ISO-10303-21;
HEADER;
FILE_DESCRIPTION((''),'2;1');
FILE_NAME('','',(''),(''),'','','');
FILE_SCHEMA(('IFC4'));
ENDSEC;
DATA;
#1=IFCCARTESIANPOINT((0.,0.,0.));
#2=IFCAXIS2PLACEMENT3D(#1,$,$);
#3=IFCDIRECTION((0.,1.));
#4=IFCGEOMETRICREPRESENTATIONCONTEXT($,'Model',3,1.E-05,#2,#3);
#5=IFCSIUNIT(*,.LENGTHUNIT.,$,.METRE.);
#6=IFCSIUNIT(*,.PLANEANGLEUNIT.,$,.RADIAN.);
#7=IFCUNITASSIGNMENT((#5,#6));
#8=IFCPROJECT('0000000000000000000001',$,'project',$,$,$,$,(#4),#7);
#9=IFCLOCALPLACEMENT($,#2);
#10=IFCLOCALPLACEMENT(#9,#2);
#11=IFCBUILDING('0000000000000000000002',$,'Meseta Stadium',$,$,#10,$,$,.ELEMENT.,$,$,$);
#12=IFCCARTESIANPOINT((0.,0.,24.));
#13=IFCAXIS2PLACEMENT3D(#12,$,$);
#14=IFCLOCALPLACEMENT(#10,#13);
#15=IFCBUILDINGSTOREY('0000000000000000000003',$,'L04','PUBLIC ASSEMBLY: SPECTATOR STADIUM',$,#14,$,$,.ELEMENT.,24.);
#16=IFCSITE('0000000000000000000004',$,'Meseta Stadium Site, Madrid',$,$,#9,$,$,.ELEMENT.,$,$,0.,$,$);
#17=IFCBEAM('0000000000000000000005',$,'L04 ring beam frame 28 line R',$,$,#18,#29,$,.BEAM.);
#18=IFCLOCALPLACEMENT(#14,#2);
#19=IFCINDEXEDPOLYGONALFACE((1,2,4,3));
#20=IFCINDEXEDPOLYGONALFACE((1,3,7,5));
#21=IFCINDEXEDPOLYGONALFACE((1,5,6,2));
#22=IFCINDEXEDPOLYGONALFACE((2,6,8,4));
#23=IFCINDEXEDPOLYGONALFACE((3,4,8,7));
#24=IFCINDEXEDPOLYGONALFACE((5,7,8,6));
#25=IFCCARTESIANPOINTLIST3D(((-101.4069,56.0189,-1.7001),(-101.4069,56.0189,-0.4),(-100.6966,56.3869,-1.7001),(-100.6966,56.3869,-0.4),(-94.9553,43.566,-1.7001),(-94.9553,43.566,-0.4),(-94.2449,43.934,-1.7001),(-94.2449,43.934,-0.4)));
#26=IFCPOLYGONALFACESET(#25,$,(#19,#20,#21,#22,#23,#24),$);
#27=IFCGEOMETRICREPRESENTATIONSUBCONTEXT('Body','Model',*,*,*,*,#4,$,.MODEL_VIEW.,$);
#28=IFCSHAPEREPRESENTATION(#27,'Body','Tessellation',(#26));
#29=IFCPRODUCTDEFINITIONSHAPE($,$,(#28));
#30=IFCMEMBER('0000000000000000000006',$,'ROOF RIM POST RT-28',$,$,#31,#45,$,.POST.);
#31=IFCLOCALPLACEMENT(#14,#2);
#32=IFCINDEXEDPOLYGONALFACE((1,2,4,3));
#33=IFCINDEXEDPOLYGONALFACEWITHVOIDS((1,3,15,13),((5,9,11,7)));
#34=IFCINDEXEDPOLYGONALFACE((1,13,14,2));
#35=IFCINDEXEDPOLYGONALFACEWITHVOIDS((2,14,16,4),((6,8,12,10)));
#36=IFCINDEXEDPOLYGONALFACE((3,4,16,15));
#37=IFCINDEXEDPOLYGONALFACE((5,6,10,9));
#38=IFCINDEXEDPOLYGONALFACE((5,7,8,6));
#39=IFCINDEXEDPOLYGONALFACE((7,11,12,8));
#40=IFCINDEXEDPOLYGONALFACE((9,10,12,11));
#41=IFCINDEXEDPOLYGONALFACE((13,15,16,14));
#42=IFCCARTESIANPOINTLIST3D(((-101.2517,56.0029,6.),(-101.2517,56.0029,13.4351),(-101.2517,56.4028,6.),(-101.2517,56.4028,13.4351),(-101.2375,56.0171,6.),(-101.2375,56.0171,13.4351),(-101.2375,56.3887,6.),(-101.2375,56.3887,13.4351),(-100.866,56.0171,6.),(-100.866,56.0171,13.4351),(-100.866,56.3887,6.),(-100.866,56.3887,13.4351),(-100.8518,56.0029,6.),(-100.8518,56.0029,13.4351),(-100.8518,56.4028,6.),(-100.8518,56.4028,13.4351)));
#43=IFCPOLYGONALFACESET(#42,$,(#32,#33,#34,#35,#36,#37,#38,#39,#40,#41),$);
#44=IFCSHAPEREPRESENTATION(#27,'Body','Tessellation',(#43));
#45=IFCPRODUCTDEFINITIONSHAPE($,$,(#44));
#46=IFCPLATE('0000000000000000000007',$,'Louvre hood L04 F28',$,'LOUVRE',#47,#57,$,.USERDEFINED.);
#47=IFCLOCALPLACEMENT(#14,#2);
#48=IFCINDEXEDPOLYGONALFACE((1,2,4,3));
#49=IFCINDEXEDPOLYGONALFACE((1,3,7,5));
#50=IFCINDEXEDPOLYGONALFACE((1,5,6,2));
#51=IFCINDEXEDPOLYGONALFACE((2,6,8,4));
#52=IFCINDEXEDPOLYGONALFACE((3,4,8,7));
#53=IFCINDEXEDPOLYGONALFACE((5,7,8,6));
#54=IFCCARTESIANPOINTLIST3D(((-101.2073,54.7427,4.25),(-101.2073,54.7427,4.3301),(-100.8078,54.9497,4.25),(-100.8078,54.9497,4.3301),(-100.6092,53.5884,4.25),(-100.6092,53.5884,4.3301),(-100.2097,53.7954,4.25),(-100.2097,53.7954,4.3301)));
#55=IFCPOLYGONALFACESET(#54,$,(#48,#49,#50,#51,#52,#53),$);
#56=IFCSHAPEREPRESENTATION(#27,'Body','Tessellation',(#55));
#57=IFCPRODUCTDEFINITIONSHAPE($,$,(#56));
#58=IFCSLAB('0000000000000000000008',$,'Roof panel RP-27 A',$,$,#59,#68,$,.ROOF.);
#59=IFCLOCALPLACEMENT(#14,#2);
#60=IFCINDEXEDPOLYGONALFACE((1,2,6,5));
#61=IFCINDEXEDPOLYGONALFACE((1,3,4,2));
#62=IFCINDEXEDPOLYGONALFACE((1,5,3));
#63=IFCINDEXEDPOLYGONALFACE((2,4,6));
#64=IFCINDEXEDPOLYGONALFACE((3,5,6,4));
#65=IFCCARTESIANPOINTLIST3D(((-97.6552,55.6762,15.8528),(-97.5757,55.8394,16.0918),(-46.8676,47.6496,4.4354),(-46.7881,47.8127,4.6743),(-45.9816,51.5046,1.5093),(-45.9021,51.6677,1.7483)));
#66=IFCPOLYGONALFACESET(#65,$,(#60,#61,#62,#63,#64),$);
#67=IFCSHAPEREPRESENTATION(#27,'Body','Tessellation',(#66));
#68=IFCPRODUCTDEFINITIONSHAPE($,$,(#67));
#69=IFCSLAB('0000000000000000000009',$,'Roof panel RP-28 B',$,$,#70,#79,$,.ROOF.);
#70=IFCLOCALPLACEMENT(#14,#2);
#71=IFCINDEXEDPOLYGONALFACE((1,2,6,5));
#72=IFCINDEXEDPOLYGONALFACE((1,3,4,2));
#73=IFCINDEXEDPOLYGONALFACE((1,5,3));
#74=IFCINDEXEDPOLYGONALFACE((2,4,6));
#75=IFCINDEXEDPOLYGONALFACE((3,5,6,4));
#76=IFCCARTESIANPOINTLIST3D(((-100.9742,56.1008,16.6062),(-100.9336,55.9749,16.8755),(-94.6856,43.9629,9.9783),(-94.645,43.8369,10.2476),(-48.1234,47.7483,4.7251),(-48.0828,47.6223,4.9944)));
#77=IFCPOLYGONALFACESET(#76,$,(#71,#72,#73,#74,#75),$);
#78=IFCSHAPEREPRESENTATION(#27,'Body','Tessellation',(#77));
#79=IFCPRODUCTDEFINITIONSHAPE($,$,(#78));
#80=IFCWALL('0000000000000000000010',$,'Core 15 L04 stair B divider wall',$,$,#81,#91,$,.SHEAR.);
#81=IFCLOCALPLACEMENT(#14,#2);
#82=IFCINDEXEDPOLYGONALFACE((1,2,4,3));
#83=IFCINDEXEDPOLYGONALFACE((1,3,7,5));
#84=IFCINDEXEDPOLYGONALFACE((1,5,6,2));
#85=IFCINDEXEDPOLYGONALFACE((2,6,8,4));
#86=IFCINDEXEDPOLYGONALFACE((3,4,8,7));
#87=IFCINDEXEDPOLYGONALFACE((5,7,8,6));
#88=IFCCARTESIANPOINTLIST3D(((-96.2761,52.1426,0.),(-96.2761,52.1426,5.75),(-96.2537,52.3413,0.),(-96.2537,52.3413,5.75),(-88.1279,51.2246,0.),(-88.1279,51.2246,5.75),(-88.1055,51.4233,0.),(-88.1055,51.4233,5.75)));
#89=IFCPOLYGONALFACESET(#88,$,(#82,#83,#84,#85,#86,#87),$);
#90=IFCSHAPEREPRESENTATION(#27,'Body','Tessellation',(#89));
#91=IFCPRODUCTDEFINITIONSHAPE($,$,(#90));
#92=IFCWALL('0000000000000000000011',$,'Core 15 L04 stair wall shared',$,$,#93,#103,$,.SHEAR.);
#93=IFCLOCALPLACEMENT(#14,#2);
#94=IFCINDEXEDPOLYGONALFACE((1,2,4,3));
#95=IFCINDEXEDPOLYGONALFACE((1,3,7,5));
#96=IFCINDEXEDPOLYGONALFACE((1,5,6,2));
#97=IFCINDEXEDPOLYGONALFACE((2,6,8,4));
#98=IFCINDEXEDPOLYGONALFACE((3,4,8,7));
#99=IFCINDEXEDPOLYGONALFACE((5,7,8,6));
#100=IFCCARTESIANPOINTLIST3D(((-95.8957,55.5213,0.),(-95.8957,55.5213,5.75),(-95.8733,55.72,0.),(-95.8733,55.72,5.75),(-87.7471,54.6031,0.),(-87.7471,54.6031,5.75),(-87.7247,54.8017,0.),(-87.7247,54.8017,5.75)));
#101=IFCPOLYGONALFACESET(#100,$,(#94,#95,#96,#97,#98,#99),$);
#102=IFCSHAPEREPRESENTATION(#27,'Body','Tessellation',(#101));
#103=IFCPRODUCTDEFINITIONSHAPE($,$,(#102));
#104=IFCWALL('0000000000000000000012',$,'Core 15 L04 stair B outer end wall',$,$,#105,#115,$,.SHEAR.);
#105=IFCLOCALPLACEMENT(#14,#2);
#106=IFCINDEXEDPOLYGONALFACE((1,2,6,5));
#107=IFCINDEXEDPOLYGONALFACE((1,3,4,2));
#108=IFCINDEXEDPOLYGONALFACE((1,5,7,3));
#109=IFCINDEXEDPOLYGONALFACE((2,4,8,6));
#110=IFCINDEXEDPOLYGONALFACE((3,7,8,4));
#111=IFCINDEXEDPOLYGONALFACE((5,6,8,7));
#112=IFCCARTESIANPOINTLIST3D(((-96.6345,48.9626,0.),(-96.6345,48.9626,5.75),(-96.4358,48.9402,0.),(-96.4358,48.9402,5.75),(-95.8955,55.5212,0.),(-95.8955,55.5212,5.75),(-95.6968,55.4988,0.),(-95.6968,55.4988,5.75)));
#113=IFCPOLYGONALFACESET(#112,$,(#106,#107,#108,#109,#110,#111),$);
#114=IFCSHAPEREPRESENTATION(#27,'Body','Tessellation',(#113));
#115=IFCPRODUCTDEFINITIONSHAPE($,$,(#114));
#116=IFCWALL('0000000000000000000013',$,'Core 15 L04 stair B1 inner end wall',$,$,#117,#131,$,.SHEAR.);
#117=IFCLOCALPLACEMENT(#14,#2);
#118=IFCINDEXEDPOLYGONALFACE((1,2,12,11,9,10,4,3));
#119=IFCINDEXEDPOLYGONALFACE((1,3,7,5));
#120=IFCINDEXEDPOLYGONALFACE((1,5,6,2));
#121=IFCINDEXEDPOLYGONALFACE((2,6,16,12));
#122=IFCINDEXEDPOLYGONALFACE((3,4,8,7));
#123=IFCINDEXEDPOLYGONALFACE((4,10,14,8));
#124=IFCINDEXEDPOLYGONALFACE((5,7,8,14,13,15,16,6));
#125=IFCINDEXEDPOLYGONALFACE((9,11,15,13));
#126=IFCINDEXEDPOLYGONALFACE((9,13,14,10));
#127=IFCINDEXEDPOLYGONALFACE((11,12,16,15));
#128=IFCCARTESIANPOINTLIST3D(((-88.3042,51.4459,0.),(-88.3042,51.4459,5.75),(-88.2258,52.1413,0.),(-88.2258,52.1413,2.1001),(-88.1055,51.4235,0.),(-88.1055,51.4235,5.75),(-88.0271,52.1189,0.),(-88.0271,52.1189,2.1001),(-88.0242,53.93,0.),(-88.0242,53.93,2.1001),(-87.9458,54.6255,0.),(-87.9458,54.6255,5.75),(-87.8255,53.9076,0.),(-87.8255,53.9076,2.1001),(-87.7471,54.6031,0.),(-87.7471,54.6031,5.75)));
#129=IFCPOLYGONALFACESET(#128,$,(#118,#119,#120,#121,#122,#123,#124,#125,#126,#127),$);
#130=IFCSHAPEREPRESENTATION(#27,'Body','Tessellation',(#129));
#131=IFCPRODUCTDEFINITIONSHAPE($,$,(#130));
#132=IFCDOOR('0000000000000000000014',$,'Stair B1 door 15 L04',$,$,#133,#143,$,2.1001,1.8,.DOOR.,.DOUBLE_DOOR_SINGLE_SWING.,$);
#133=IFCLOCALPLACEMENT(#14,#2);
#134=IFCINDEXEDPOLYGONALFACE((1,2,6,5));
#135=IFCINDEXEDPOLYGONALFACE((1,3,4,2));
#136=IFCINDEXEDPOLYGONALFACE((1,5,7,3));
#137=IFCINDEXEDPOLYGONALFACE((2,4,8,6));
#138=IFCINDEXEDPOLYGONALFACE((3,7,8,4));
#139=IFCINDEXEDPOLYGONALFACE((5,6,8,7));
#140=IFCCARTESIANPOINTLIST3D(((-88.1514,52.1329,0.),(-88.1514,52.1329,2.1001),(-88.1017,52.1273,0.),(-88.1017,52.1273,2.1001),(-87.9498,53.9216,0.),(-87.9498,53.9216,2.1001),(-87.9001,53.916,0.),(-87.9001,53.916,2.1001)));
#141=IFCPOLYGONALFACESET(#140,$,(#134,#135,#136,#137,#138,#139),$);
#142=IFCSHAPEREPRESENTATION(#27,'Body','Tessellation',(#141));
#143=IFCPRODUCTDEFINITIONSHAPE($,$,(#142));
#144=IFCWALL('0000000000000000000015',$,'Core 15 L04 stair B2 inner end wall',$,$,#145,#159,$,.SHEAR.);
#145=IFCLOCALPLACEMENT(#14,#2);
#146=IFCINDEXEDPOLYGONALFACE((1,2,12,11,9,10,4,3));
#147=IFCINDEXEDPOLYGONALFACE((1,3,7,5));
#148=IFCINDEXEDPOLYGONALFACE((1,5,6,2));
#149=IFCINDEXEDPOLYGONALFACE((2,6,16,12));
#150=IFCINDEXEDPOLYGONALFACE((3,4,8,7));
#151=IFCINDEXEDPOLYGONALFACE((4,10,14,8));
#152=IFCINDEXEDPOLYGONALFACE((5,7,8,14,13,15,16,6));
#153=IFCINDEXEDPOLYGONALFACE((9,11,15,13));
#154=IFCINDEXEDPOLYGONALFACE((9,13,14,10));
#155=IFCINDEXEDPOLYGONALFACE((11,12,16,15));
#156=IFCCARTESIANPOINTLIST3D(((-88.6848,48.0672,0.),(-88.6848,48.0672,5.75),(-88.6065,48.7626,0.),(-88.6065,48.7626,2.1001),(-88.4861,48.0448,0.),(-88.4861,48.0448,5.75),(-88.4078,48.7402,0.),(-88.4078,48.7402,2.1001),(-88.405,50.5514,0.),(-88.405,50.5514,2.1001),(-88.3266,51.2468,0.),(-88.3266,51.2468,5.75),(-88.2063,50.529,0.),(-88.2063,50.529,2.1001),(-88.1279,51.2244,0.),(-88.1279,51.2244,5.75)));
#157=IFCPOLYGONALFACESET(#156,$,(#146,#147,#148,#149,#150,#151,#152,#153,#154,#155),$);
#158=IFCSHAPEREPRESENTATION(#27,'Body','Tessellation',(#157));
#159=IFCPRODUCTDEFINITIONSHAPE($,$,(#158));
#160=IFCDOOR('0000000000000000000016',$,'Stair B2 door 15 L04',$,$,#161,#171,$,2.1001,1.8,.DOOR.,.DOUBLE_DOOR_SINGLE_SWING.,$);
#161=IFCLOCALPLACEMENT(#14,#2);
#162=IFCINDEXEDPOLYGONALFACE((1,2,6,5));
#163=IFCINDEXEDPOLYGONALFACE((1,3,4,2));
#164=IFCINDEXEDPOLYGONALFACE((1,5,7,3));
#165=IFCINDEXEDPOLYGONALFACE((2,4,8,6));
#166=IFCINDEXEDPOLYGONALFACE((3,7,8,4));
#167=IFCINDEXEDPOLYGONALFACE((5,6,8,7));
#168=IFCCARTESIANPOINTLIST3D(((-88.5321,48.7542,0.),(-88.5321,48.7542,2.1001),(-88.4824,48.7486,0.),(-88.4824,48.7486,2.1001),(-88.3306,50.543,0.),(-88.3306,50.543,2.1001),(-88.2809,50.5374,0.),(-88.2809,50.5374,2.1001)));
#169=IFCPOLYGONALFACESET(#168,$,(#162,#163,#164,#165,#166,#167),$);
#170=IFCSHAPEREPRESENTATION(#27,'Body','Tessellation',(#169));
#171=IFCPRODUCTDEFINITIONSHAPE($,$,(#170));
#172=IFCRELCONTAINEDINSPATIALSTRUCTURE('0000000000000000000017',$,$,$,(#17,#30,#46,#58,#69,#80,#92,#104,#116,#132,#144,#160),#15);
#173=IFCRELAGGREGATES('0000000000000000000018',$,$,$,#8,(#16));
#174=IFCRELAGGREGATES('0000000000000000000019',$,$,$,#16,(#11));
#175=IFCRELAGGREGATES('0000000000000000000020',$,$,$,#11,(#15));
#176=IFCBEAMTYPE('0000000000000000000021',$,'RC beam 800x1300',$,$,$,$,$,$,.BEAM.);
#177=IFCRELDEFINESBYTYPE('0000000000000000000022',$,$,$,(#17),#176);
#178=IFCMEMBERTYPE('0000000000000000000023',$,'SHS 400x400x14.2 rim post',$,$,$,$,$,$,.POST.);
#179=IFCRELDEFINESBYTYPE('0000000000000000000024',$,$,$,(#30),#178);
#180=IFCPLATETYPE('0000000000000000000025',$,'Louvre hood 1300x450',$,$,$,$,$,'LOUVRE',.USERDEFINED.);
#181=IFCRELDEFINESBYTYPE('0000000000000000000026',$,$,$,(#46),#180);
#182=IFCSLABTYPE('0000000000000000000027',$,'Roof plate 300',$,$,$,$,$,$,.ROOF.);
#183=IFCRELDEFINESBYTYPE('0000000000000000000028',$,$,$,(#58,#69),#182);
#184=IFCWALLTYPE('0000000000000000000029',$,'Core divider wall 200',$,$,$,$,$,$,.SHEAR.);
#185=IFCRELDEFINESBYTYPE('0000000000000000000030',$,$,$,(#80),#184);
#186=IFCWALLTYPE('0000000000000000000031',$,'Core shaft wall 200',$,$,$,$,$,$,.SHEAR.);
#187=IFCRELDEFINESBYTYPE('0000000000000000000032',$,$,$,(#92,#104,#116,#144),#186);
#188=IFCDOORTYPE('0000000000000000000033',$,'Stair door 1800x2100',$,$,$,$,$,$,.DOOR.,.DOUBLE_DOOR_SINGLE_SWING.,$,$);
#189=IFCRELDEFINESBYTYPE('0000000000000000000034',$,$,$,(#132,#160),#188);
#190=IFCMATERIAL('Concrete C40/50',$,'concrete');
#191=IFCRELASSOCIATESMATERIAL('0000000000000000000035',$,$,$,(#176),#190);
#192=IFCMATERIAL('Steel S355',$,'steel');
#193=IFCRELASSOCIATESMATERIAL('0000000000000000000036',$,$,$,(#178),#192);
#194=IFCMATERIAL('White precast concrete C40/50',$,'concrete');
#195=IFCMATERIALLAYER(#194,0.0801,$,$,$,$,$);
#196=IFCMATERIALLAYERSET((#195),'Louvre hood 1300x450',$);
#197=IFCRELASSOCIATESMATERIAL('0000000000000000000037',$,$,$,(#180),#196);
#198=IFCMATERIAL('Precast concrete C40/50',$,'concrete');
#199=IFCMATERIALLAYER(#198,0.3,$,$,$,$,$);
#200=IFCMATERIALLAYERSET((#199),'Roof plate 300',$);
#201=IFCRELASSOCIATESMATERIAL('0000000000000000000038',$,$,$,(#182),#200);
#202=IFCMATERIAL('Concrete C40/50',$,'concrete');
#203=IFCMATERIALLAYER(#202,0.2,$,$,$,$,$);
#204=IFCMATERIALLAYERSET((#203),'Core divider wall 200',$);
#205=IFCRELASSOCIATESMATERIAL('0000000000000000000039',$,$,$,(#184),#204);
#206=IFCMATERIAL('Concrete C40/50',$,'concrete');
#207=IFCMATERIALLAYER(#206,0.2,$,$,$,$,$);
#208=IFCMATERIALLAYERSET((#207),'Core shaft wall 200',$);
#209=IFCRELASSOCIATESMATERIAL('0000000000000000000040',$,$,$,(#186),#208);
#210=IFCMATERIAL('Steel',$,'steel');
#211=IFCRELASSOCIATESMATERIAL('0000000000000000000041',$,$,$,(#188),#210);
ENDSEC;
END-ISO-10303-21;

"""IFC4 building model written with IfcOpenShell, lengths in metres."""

from ifc_helpers import new_model, si_unit, direction, frame, frame_2d, origin, origin_2d, place, context, subcontext, project, spatial, polyline, rectangle, hollow_rectangle, outline, extrude, material, layer, layer_set, material_profile, profile_set, type_object, element, fill, save


model = new_model("IFC4")

# Units and contexts
model_context = context("Model", 3, precision=1e-05, world=origin(), true_north=direction((0.0, 1.0)))
body_context = subcontext(model_context, "Body", "Model", "MODEL_VIEW")
ifc_project = project(units=[si_unit("LENGTHUNIT", "METRE"), si_unit("PLANEANGLEUNIT", "RADIAN")], contexts=[model_context])

# Site, building, storey
site_placement = place(None, origin())
site = spatial("IfcSite", under=ifc_project, at=site_placement, Name="Meseta Stadium Site, Madrid", CompositionType="ELEMENT", RefElevation=0.0)
building_placement = place(site_placement, origin())
building = spatial("IfcBuilding", under=site, at=building_placement, Name="Meseta Stadium", CompositionType="ELEMENT")
storey_placement = place(building_placement, frame((0.0, 0.0, 24.0)))
storey = spatial("IfcBuildingStorey", under=building, at=storey_placement, Name="L04", Description="PUBLIC ASSEMBLY: SPECTATOR STADIUM", CompositionType="ELEMENT", Elevation=24.0)

# Beam
ifc_material_1 = material(Name="Concrete C40/50", Category="concrete")
ifc_material_profile_1 = material_profile(ifc_material_1, rectangle(XDim=0.8, YDim=1.3, at=origin_2d()), Name="RC 800x1300")
ifc_profile_set_1 = profile_set([ifc_material_profile_1], Name="Concrete C40/50")
beam_type_1 = type_object("IfcBeamType", Name="RC beam 800x1300", PredefinedType="BEAM", material=ifc_profile_set_1)
beam_1_placement = place(storey_placement, frame((-101.0518, 56.2029, -1.05), z_axis=(0.460014, -0.887912, 0.0), x_axis=(0.887912, 0.460014, 0.0)))
element("IfcBeam", 1, at=beam_1_placement, inside=storey, type_object=beam_type_1, Name="L04 ring beam frame 28 line R", PredefinedType="BEAM", context=body_context, shape_type="SweptSolid", body=[
    extrude(rectangle(XDim=0.8, YDim=1.3, at=origin_2d()), origin(), (0.0, 0.0, 1.0), 14.0249),
])

# Member
ifc_material_2 = material(Name="Steel S355", Category="steel")
ifc_material_profile_2 = material_profile(ifc_material_2, hollow_rectangle(XDim=0.3999, YDim=0.3999, WallThickness=0.0142, at=origin_2d()), Name="SHS 400x400x14.2")
ifc_profile_set_2 = profile_set([ifc_material_profile_2], Name="Steel S355")
member_type_1 = type_object("IfcMemberType", Name="SHS 400x400x14.2 rim post", PredefinedType="POST", material=ifc_profile_set_2)
member_1_placement = place(storey_placement, frame((-101.0518, 56.2029, 6.0), z_axis=(0.0, 0.0, 1.0), x_axis=(1.0, 0.0, 0.0)))
element("IfcMember", 2, at=member_1_placement, inside=storey, type_object=member_type_1, Name="ROOF RIM POST RT-28", PredefinedType="POST", context=body_context, shape_type="SweptSolid", body=[
    extrude(hollow_rectangle(XDim=0.3999, YDim=0.3999, WallThickness=0.0142, at=origin_2d()), origin(), (0.0, 0.0, 1.0), 7.4351),
])

# Plate
ifc_material_3 = material(Name="White precast concrete C40/50", Category="concrete")
ifc_layer_1 = layer(ifc_material_3, 0.0801)
ifc_layer_set_1 = layer_set([ifc_layer_1], Name="Louvre hood 1300x450")
plate_type = type_object("IfcPlateType", Name="Louvre hood 1300x450", ElementType="LOUVRE", PredefinedType="USERDEFINED", material=ifc_layer_set_1)
plate_placement = place(storey_placement, frame((-100.7085, 54.269, 4.25), z_axis=(0.0, 0.0, 1.0), x_axis=(0.460016, -0.887911, 0.0)))
element("IfcPlate", 3, at=plate_placement, inside=storey, type_object=plate_type, Name="Louvre hood L04 F28", ObjectType="LOUVRE", PredefinedType="USERDEFINED", context=body_context, shape_type="SweptSolid", body=[
    extrude(rectangle(XDim=1.3, YDim=0.45, at=origin_2d()), origin(), (0.0, 0.0, 1.0), 0.0801),
])

# Slabs
ifc_material_4 = material(Name="Precast concrete C40/50", Category="concrete")
ifc_layer_2 = layer(ifc_material_4, 0.3)
ifc_layer_set_2 = layer_set([ifc_layer_2], Name="Roof plate 300")
slab_type = type_object("IfcSlabType", Name="Roof plate 300", PredefinedType="ROOF", material=ifc_layer_set_2)
slab_1_placement = place(storey_placement, frame((-97.5757, 55.8394, 16.0918), z_axis=(0.264956, 0.543609, 0.796422), x_axis=(0.960665, -0.077555, -0.266661)))
element("IfcSlab", 4, at=slab_1_placement, inside=storey, type_object=slab_type, Name="Roof panel RP-27 A", PredefinedType="ROOF", context=body_context, shape_type="SweptSolid", body=[
    extrude(outline(polyline([(0.0, 0.0), (53.7894, 0.0), (52.457, -4.7363), (0.0, 0.0)])), origin(), (0.0, 0.0, -1.0), 0.3),
])
slab_2_placement = place(storey_placement, frame((-100.9336, 55.9749, 16.8755), z_axis=(0.135384, -0.419895, 0.897418), x_axis=(0.964255, -0.152391, -0.216769)))
element("IfcSlab", 5, at=slab_2_placement, inside=storey, type_object=slab_type, Name="Roof panel RP-28 B", PredefinedType="ROOF", context=body_context, shape_type="SweptSolid", body=[
    extrude(outline(polyline([(0.0, 0.0), (54.81, 0.0), (9.3502, -11.9741), (0.0, 0.0)])), origin(), (0.0, 0.0, -1.0), 0.3),
])

# Walls
ifc_material_5 = material(Name="Concrete C40/50", Category="concrete")
ifc_layer_3 = layer(ifc_material_5, 0.2)
ifc_layer_set_3 = layer_set([ifc_layer_3], Name="Core divider wall 200")
wall_type_1 = type_object("IfcWallType", Name="Core divider wall 200", PredefinedType="SHEAR", material=ifc_layer_set_3)
wall_1_placement = place(storey_placement, frame((-96.2649, 52.2419, 0.0), z_axis=(0.0, 0.0, 1.0), x_axis=(0.993714, -0.111951, 0.0)))
element("IfcWall", 6, at=wall_1_placement, inside=storey, type_object=wall_type_1, Name="Core 15 L04 stair B divider wall", PredefinedType="SHEAR", context=body_context, shape_type="SweptSolid", body=[
    extrude(rectangle(XDim=8.1997, YDim=0.2, at=frame_2d((4.0999, 0.0))), origin(), (0.0, 0.0, 1.0), 5.75),
])
ifc_material_6 = material(Name="Concrete C40/50", Category="concrete")
ifc_layer_4 = layer(ifc_material_6, 0.2)
ifc_layer_set_4 = layer_set([ifc_layer_4], Name="Core shaft wall 200")
wall_type_2 = type_object("IfcWallType", Name="Core shaft wall 200", PredefinedType="SHEAR", material=ifc_layer_set_4)
wall_2_placement = place(storey_placement, frame((-95.8845, 55.6206, 0.0), z_axis=(0.0, 0.0, 1.0), x_axis=(0.993711, -0.111974, 0.0)))
element("IfcWall", 7, at=wall_2_placement, inside=storey, type_object=wall_type_2, Name="Core 15 L04 stair wall shared", PredefinedType="SHEAR", context=body_context, shape_type="SweptSolid", body=[
    extrude(rectangle(XDim=8.2002, YDim=0.2, at=frame_2d((4.1001, 0.0))), origin(), (0.0, 0.0, 1.0), 5.75),
])
wall_3_placement = place(storey_placement, frame((-95.7961, 55.51, 0.0), z_axis=(0.0, 0.0, 1.0), x_axis=(-0.11197, -0.993712, 0.0)))
element("IfcWall", 8, at=wall_3_placement, inside=storey, type_object=wall_type_2, Name="Core 15 L04 stair B outer end wall", PredefinedType="SHEAR", context=body_context, shape_type="SweptSolid", body=[
    extrude(rectangle(XDim=6.6001, YDim=0.2, at=frame_2d((3.3, 0.0))), origin(), (0.0, 0.0, 1.0), 5.75),
])

# Walls, openings, doors
wall_4_placement = place(storey_placement, frame((-87.8464, 54.6143, 0.0), z_axis=(0.0, 0.0, 1.0), x_axis=(-0.112006, -0.993708, 0.0)))
wall_4 = element("IfcWall", 9, at=wall_4_placement, inside=storey, type_object=wall_type_2, Name="Core 15 L04 stair B1 inner end wall", PredefinedType="SHEAR", context=body_context, shape_type="SweptSolid", body=[
    extrude(rectangle(XDim=3.1997, YDim=0.2, at=frame_2d((1.5999, 0.0))), origin(), (0.0, 0.0, 1.0), 5.75),
])
opening_1_placement = place(wall_4_placement, frame((0.7, 0.0, 0.0)))
opening_1 = element("IfcOpeningElement", 10, at=opening_1_placement, cuts=wall_4, PredefinedType="OPENING", context=body_context, shape_type="SweptSolid", body=[
    extrude(rectangle(XDim=1.8, YDim=2.1001, at=frame_2d((0.8999, 1.05))), frame((0.0, 0.1099, 0.0), z_axis=(0.0, -1.0, 0.0), x_axis=(1.0, 0.0, 0.0)), (0.0, 0.0, 1.0), 0.22),
])
ifc_material_7 = material(Name="Steel", Category="steel")
door_type = type_object("IfcDoorType", Name="Stair door 1800x2100", OperationType="DOUBLE_DOOR_SINGLE_SWING", PredefinedType="DOOR", material=ifc_material_7)
door_1_placement = place(opening_1_placement, origin())
door_1 = element("IfcDoor", 11, at=door_1_placement, inside=storey, type_object=door_type, Name="Stair B1 door 15 L04", OperationType="DOUBLE_DOOR_SINGLE_SWING", OverallHeight=2.1001, OverallWidth=1.8, PredefinedType="DOOR", context=body_context, shape_type="SweptSolid", body=[
    extrude(rectangle(XDim=1.8, YDim=2.1001, at=frame_2d((0.8999, 1.05))), frame((0.0, 0.0249, 0.0), z_axis=(0.0, -1.0, 0.0), x_axis=(1.0, 0.0, 0.0)), (0.0, 0.0, 1.0), 0.05),
])
fill(opening_1, door_1)
wall_5_placement = place(storey_placement, frame((-88.2273, 51.2356, 0.0), z_axis=(0.0, 0.0, 1.0), x_axis=(-0.11193, -0.993716, 0.0)))
wall_5 = element("IfcWall", 12, at=wall_5_placement, inside=storey, type_object=wall_type_2, Name="Core 15 L04 stair B2 inner end wall", PredefinedType="SHEAR", context=body_context, shape_type="SweptSolid", body=[
    extrude(rectangle(XDim=3.1997, YDim=0.2, at=frame_2d((1.5999, 0.0))), origin(), (0.0, 0.0, 1.0), 5.75),
])
opening_2_placement = place(wall_5_placement, frame((0.7, 0.0, 0.0)))
opening_2 = element("IfcOpeningElement", 13, at=opening_2_placement, cuts=wall_5, PredefinedType="OPENING", context=body_context, shape_type="SweptSolid", body=[
    extrude(rectangle(XDim=1.8, YDim=2.1001, at=frame_2d((0.8999, 1.05))), frame((0.0, 0.1099, 0.0), z_axis=(0.0, -1.0, 0.0), x_axis=(1.0, 0.0, 0.0)), (0.0, 0.0, 1.0), 0.22),
])
door_2_placement = place(opening_2_placement, origin())
door_2 = element("IfcDoor", 14, at=door_2_placement, inside=storey, type_object=door_type, Name="Stair B2 door 15 L04", OperationType="DOUBLE_DOOR_SINGLE_SWING", OverallHeight=2.1001, OverallWidth=1.8, PredefinedType="DOOR", context=body_context, shape_type="SweptSolid", body=[
    extrude(rectangle(XDim=1.8, YDim=2.1001, at=frame_2d((0.8999, 1.05))), frame((0.0, 0.0249, 0.0), z_axis=(0.0, -1.0, 0.0), x_axis=(1.0, 0.0, 0.0)), (0.0, 0.0, 1.0), 0.05),
])
fill(opening_2, door_2)

save(model, "model.ifc")
